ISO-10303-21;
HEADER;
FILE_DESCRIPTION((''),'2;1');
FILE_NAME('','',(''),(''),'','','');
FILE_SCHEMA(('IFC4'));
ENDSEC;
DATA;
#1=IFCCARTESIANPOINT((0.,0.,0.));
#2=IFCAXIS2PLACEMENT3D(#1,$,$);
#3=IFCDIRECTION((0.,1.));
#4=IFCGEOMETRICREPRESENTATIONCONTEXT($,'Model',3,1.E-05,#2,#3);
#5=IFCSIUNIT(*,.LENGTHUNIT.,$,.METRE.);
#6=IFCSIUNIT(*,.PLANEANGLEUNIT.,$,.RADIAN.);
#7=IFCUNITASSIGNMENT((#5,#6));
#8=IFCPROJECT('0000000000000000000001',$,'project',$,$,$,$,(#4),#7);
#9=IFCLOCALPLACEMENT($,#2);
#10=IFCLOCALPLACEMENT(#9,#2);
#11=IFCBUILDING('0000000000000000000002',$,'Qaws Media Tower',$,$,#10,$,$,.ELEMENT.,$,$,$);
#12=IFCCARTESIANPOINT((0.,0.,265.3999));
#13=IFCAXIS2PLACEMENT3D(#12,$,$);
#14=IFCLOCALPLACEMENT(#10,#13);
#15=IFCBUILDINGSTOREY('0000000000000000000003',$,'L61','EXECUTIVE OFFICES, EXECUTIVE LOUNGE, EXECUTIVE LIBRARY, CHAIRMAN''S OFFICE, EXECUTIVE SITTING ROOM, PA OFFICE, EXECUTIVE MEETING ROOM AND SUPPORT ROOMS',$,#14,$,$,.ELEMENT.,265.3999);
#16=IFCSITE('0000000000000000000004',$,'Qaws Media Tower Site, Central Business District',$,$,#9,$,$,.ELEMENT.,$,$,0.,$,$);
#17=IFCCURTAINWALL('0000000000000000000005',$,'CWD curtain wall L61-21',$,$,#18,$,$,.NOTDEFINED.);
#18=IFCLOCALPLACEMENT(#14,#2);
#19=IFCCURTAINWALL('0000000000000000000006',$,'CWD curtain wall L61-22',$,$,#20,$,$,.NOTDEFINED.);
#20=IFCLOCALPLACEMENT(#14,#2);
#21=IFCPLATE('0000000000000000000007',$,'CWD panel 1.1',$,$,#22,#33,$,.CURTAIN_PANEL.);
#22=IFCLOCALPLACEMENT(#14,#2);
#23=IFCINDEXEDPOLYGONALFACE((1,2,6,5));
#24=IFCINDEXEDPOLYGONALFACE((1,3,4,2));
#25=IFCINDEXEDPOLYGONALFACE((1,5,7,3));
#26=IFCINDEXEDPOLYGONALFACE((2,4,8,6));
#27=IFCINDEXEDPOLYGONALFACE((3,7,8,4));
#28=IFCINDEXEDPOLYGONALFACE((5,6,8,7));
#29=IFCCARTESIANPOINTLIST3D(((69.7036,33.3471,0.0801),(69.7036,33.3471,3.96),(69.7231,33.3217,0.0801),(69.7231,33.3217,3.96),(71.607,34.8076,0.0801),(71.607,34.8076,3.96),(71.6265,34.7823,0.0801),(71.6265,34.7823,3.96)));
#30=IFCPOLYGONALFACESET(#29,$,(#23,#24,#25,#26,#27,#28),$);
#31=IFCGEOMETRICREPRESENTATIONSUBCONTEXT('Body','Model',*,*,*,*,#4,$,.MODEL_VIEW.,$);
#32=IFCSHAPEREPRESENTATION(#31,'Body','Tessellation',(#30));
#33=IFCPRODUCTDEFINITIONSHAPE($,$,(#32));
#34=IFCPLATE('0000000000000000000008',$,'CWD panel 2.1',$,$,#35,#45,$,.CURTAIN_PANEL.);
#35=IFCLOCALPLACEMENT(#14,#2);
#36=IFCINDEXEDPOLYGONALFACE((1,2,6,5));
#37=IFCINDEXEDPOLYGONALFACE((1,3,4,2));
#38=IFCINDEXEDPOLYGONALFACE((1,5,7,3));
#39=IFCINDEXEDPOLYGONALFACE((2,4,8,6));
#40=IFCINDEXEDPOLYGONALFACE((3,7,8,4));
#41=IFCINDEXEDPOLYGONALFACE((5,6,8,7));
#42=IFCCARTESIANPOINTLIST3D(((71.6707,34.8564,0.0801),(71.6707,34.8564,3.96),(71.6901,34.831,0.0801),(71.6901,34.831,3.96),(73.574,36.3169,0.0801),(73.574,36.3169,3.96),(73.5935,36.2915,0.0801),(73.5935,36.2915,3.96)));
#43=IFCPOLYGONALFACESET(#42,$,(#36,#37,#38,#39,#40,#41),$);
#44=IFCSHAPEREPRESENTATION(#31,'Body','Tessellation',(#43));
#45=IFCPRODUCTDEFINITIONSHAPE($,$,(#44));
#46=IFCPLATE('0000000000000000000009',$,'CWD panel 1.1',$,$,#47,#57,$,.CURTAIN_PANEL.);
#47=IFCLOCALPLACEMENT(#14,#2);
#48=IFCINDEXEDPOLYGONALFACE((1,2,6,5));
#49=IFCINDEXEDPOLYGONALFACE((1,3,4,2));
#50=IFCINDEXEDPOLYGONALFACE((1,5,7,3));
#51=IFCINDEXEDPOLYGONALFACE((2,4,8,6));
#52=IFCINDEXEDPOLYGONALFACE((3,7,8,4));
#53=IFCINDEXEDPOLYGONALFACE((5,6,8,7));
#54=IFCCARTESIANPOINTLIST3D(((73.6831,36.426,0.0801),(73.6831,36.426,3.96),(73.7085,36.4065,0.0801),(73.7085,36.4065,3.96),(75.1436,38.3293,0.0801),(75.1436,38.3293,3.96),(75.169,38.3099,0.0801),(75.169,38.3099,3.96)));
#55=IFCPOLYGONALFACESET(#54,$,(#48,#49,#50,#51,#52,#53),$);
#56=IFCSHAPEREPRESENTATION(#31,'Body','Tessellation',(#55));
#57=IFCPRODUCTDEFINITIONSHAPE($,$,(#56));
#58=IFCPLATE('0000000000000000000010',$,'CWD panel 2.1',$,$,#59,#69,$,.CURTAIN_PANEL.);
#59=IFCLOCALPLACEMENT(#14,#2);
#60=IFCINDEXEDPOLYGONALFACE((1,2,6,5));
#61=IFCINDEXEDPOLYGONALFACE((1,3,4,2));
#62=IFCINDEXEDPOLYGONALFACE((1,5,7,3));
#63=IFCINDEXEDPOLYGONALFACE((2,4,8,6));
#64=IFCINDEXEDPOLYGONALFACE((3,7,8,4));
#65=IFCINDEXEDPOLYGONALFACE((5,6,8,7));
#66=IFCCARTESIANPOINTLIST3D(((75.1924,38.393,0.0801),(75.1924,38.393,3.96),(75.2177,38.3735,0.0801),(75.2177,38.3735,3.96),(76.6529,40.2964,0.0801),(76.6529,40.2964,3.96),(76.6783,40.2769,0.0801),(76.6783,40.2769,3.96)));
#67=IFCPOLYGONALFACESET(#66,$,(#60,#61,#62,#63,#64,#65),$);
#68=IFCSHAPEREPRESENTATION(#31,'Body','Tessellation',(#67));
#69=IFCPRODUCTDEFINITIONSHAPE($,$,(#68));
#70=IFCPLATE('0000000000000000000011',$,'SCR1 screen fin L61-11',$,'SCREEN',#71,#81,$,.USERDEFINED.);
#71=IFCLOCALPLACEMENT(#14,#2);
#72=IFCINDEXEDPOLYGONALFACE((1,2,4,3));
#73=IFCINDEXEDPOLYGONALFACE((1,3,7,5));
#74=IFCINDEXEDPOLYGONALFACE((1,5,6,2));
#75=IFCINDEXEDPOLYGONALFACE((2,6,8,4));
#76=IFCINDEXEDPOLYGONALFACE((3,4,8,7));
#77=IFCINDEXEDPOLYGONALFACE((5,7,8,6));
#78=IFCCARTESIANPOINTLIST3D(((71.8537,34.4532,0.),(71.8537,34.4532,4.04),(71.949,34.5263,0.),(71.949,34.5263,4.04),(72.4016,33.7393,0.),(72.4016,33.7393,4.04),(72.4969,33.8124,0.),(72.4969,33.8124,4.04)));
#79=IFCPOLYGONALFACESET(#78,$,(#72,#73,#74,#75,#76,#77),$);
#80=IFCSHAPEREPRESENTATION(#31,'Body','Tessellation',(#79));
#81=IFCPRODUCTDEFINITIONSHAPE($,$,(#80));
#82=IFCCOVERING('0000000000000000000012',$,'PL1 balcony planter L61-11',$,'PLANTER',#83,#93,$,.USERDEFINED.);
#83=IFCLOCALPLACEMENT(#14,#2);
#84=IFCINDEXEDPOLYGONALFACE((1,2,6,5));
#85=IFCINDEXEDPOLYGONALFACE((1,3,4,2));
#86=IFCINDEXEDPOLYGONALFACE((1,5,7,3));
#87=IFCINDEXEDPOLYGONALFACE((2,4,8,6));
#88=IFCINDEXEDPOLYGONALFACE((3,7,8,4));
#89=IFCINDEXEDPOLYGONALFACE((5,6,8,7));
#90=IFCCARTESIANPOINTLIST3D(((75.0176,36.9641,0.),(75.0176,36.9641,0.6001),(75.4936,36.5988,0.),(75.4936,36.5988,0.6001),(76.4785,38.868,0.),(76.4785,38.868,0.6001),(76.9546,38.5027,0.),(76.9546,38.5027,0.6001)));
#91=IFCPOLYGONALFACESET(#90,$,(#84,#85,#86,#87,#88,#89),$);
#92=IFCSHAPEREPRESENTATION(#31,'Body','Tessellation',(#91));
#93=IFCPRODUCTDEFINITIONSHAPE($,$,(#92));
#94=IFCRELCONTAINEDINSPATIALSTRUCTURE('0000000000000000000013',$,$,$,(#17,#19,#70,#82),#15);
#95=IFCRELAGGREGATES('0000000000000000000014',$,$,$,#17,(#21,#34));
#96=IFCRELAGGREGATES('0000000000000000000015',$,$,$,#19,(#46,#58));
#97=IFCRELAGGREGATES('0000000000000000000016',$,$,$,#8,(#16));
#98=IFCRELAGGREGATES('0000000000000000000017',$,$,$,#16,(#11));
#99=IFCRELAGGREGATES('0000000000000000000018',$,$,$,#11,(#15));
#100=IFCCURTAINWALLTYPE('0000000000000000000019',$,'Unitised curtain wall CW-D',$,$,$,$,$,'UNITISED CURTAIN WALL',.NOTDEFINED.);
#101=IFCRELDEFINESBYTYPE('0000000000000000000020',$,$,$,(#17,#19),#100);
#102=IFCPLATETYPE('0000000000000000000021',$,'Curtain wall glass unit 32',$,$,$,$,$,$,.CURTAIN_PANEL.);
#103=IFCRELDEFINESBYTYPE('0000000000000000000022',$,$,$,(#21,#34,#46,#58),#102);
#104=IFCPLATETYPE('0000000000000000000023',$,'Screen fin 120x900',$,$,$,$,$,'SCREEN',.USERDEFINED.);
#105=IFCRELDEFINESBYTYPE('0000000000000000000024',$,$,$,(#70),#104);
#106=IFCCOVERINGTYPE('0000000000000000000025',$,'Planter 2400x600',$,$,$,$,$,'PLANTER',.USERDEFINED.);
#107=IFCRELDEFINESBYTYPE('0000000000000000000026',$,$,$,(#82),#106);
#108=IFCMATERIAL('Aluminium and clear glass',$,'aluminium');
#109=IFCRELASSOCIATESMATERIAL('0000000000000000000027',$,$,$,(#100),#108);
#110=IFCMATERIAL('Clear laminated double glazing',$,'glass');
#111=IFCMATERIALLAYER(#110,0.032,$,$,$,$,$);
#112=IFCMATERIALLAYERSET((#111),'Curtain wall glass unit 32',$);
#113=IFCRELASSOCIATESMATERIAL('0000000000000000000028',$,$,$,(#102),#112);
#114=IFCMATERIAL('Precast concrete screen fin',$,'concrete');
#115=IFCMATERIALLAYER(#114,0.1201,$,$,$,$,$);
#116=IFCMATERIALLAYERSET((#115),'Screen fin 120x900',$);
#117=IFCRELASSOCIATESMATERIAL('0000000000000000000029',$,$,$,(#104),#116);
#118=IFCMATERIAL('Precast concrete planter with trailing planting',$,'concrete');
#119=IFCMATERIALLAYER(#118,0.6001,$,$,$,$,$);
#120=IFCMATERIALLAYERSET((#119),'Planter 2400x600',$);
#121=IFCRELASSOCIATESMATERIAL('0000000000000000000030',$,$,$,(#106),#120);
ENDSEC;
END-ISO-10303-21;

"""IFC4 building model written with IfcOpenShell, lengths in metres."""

from ifc_helpers import new_model, si_unit, direction, frame, origin, origin_2d, place, context, subcontext, project, spatial, rectangle, extrude, material, layer, layer_set, type_object, element, aggregate, save


model = new_model("IFC4")

# Units and contexts
model_context = context("Model", 3, precision=1e-05, world=origin(), true_north=direction((0.0, 1.0)))
body_context = subcontext(model_context, "Body", "Model", "MODEL_VIEW")
ifc_project = project(units=[si_unit("LENGTHUNIT", "METRE"), si_unit("PLANEANGLEUNIT", "RADIAN")], contexts=[model_context])

# Site, building, storey
site_placement = place(None, origin())
site = spatial("IfcSite", under=ifc_project, at=site_placement, Name="Qaws Media Tower Site, Central Business District", CompositionType="ELEMENT", RefElevation=0.0)
building_placement = place(site_placement, origin())
building = spatial("IfcBuilding", under=site, at=building_placement, Name="Qaws Media Tower", CompositionType="ELEMENT")
storey_placement = place(building_placement, frame((0.0, 0.0, 265.3999)))
storey = spatial("IfcBuildingStorey", under=building, at=storey_placement, Name="L61", Description="EXECUTIVE OFFICES, EXECUTIVE LOUNGE, EXECUTIVE LIBRARY, CHAIRMAN'S OFFICE, EXECUTIVE SITTING ROOM, PA OFFICE, EXECUTIVE MEETING ROOM AND SUPPORT ROOMS", CompositionType="ELEMENT", Elevation=265.3999)

# Curtain walls
ifc_material_1 = material(Name="Aluminium and clear glass", Category="aluminium")
curtain_wall_type = type_object("IfcCurtainWallType", Name="Unitised curtain wall CW-D", ElementType="UNITISED CURTAIN WALL", PredefinedType="NOTDEFINED", material=ifc_material_1)
curtain_wall_1_placement = place(storey_placement, origin())
curtain_wall_1 = element("IfcCurtainWall", 1, at=curtain_wall_1_placement, inside=storey, type_object=curtain_wall_type, Name="CWD curtain wall L61-21", PredefinedType="NOTDEFINED")
curtain_wall_2_placement = place(storey_placement, origin())
curtain_wall_2 = element("IfcCurtainWall", 2, at=curtain_wall_2_placement, inside=storey, type_object=curtain_wall_type, Name="CWD curtain wall L61-22", PredefinedType="NOTDEFINED")

# Plates
ifc_material_2 = material(Name="Clear laminated double glazing", Category="glass")
ifc_layer_1 = layer(ifc_material_2, 0.032)
ifc_layer_set_1 = layer_set([ifc_layer_1], Name="Curtain wall glass unit 32")
plate_type_1 = type_object("IfcPlateType", Name="Curtain wall glass unit 32", PredefinedType="CURTAIN_PANEL", material=ifc_layer_set_1)
plate_1_placement = place(storey_placement, frame((70.665, 34.0647, 0.0801), z_axis=(0.0, 0.0, 1.0), x_axis=(0.793353, 0.608761, 0.0)))
plate_1 = element("IfcPlate", 3, at=plate_1_placement, type_object=plate_type_1, Name="CWD panel 1.1", PredefinedType="CURTAIN_PANEL", context=body_context, shape_type="SweptSolid", body=[
    extrude(rectangle(XDim=2.3992, YDim=0.032, at=origin_2d()), origin(), (0.0, 0.0, 1.0), 3.8799),
])
plate_2_placement = place(storey_placement, frame((72.6321, 35.574, 0.0801), z_axis=(0.0, 0.0, 1.0), x_axis=(0.793353, 0.608761, 0.0)))
plate_2 = element("IfcPlate", 4, at=plate_2_placement, type_object=plate_type_1, Name="CWD panel 2.1", PredefinedType="CURTAIN_PANEL", context=body_context, shape_type="SweptSolid", body=[
    extrude(rectangle(XDim=2.3992, YDim=0.032, at=origin_2d()), origin(), (0.0, 0.0, 1.0), 3.8799),
])
aggregate(curtain_wall_1, [plate_1, plate_2])
plate_3_placement = place(storey_placement, frame((74.426, 37.3679, 0.0801), z_axis=(0.0, 0.0, 1.0), x_axis=(0.608761, 0.793353, 0.0)))
plate_3 = element("IfcPlate", 5, at=plate_3_placement, type_object=plate_type_1, Name="CWD panel 1.1", PredefinedType="CURTAIN_PANEL", context=body_context, shape_type="SweptSolid", body=[
    extrude(rectangle(XDim=2.3992, YDim=0.032, at=origin_2d()), origin(), (0.0, 0.0, 1.0), 3.8799),
])
plate_4_placement = place(storey_placement, frame((75.9353, 39.335, 0.0801), z_axis=(0.0, 0.0, 1.0), x_axis=(0.608761, 0.793353, 0.0)))
plate_4 = element("IfcPlate", 6, at=plate_4_placement, type_object=plate_type_1, Name="CWD panel 2.1", PredefinedType="CURTAIN_PANEL", context=body_context, shape_type="SweptSolid", body=[
    extrude(rectangle(XDim=2.3992, YDim=0.032, at=origin_2d()), origin(), (0.0, 0.0, 1.0), 3.8799),
])
aggregate(curtain_wall_2, [plate_3, plate_4])
ifc_material_3 = material(Name="Precast concrete screen fin", Category="concrete")
ifc_layer_2 = layer(ifc_material_3, 0.1201)
ifc_layer_set_2 = layer_set([ifc_layer_2], Name="Screen fin 120x900")
plate_type_2 = type_object("IfcPlateType", Name="Screen fin 120x900", ElementType="SCREEN", PredefinedType="USERDEFINED", material=ifc_layer_set_2)
plate_5_placement = place(storey_placement, frame((72.1753, 34.1328, 0.0), z_axis=(0.0, 0.0, 1.0), x_axis=(0.608761, -0.793353, 0.0)))
element("IfcPlate", 7, at=plate_5_placement, inside=storey, type_object=plate_type_2, Name="SCR1 screen fin L61-11", ObjectType="SCREEN", PredefinedType="USERDEFINED", context=body_context, shape_type="SweptSolid", body=[
    extrude(rectangle(XDim=0.8999, YDim=0.1201, at=origin_2d()), origin(), (0.0, 0.0, 1.0), 4.04),
])

# Covering
ifc_material_4 = material(Name="Precast concrete planter with trailing planting", Category="concrete")
ifc_layer_3 = layer(ifc_material_4, 0.6001)
ifc_layer_set_3 = layer_set([ifc_layer_3], Name="Planter 2400x600")
covering_type = type_object("IfcCoveringType", Name="Planter 2400x600", ElementType="PLANTER", PredefinedType="USERDEFINED", material=ifc_layer_set_3)
covering_placement = place(storey_placement, frame((75.9861, 37.7334, 0.0), z_axis=(0.0, 0.0, 1.0), x_axis=(0.608761, 0.793353, 0.0)))
element("IfcCovering", 8, at=covering_placement, inside=storey, type_object=covering_type, Name="PL1 balcony planter L61-11", ObjectType="PLANTER", PredefinedType="USERDEFINED", context=body_context, shape_type="SweptSolid", body=[
    extrude(rectangle(XDim=2.3999, YDim=0.6001, at=origin_2d()), origin(), (0.0, 0.0, 1.0), 0.6001),
])

save(model, "model.ifc")
